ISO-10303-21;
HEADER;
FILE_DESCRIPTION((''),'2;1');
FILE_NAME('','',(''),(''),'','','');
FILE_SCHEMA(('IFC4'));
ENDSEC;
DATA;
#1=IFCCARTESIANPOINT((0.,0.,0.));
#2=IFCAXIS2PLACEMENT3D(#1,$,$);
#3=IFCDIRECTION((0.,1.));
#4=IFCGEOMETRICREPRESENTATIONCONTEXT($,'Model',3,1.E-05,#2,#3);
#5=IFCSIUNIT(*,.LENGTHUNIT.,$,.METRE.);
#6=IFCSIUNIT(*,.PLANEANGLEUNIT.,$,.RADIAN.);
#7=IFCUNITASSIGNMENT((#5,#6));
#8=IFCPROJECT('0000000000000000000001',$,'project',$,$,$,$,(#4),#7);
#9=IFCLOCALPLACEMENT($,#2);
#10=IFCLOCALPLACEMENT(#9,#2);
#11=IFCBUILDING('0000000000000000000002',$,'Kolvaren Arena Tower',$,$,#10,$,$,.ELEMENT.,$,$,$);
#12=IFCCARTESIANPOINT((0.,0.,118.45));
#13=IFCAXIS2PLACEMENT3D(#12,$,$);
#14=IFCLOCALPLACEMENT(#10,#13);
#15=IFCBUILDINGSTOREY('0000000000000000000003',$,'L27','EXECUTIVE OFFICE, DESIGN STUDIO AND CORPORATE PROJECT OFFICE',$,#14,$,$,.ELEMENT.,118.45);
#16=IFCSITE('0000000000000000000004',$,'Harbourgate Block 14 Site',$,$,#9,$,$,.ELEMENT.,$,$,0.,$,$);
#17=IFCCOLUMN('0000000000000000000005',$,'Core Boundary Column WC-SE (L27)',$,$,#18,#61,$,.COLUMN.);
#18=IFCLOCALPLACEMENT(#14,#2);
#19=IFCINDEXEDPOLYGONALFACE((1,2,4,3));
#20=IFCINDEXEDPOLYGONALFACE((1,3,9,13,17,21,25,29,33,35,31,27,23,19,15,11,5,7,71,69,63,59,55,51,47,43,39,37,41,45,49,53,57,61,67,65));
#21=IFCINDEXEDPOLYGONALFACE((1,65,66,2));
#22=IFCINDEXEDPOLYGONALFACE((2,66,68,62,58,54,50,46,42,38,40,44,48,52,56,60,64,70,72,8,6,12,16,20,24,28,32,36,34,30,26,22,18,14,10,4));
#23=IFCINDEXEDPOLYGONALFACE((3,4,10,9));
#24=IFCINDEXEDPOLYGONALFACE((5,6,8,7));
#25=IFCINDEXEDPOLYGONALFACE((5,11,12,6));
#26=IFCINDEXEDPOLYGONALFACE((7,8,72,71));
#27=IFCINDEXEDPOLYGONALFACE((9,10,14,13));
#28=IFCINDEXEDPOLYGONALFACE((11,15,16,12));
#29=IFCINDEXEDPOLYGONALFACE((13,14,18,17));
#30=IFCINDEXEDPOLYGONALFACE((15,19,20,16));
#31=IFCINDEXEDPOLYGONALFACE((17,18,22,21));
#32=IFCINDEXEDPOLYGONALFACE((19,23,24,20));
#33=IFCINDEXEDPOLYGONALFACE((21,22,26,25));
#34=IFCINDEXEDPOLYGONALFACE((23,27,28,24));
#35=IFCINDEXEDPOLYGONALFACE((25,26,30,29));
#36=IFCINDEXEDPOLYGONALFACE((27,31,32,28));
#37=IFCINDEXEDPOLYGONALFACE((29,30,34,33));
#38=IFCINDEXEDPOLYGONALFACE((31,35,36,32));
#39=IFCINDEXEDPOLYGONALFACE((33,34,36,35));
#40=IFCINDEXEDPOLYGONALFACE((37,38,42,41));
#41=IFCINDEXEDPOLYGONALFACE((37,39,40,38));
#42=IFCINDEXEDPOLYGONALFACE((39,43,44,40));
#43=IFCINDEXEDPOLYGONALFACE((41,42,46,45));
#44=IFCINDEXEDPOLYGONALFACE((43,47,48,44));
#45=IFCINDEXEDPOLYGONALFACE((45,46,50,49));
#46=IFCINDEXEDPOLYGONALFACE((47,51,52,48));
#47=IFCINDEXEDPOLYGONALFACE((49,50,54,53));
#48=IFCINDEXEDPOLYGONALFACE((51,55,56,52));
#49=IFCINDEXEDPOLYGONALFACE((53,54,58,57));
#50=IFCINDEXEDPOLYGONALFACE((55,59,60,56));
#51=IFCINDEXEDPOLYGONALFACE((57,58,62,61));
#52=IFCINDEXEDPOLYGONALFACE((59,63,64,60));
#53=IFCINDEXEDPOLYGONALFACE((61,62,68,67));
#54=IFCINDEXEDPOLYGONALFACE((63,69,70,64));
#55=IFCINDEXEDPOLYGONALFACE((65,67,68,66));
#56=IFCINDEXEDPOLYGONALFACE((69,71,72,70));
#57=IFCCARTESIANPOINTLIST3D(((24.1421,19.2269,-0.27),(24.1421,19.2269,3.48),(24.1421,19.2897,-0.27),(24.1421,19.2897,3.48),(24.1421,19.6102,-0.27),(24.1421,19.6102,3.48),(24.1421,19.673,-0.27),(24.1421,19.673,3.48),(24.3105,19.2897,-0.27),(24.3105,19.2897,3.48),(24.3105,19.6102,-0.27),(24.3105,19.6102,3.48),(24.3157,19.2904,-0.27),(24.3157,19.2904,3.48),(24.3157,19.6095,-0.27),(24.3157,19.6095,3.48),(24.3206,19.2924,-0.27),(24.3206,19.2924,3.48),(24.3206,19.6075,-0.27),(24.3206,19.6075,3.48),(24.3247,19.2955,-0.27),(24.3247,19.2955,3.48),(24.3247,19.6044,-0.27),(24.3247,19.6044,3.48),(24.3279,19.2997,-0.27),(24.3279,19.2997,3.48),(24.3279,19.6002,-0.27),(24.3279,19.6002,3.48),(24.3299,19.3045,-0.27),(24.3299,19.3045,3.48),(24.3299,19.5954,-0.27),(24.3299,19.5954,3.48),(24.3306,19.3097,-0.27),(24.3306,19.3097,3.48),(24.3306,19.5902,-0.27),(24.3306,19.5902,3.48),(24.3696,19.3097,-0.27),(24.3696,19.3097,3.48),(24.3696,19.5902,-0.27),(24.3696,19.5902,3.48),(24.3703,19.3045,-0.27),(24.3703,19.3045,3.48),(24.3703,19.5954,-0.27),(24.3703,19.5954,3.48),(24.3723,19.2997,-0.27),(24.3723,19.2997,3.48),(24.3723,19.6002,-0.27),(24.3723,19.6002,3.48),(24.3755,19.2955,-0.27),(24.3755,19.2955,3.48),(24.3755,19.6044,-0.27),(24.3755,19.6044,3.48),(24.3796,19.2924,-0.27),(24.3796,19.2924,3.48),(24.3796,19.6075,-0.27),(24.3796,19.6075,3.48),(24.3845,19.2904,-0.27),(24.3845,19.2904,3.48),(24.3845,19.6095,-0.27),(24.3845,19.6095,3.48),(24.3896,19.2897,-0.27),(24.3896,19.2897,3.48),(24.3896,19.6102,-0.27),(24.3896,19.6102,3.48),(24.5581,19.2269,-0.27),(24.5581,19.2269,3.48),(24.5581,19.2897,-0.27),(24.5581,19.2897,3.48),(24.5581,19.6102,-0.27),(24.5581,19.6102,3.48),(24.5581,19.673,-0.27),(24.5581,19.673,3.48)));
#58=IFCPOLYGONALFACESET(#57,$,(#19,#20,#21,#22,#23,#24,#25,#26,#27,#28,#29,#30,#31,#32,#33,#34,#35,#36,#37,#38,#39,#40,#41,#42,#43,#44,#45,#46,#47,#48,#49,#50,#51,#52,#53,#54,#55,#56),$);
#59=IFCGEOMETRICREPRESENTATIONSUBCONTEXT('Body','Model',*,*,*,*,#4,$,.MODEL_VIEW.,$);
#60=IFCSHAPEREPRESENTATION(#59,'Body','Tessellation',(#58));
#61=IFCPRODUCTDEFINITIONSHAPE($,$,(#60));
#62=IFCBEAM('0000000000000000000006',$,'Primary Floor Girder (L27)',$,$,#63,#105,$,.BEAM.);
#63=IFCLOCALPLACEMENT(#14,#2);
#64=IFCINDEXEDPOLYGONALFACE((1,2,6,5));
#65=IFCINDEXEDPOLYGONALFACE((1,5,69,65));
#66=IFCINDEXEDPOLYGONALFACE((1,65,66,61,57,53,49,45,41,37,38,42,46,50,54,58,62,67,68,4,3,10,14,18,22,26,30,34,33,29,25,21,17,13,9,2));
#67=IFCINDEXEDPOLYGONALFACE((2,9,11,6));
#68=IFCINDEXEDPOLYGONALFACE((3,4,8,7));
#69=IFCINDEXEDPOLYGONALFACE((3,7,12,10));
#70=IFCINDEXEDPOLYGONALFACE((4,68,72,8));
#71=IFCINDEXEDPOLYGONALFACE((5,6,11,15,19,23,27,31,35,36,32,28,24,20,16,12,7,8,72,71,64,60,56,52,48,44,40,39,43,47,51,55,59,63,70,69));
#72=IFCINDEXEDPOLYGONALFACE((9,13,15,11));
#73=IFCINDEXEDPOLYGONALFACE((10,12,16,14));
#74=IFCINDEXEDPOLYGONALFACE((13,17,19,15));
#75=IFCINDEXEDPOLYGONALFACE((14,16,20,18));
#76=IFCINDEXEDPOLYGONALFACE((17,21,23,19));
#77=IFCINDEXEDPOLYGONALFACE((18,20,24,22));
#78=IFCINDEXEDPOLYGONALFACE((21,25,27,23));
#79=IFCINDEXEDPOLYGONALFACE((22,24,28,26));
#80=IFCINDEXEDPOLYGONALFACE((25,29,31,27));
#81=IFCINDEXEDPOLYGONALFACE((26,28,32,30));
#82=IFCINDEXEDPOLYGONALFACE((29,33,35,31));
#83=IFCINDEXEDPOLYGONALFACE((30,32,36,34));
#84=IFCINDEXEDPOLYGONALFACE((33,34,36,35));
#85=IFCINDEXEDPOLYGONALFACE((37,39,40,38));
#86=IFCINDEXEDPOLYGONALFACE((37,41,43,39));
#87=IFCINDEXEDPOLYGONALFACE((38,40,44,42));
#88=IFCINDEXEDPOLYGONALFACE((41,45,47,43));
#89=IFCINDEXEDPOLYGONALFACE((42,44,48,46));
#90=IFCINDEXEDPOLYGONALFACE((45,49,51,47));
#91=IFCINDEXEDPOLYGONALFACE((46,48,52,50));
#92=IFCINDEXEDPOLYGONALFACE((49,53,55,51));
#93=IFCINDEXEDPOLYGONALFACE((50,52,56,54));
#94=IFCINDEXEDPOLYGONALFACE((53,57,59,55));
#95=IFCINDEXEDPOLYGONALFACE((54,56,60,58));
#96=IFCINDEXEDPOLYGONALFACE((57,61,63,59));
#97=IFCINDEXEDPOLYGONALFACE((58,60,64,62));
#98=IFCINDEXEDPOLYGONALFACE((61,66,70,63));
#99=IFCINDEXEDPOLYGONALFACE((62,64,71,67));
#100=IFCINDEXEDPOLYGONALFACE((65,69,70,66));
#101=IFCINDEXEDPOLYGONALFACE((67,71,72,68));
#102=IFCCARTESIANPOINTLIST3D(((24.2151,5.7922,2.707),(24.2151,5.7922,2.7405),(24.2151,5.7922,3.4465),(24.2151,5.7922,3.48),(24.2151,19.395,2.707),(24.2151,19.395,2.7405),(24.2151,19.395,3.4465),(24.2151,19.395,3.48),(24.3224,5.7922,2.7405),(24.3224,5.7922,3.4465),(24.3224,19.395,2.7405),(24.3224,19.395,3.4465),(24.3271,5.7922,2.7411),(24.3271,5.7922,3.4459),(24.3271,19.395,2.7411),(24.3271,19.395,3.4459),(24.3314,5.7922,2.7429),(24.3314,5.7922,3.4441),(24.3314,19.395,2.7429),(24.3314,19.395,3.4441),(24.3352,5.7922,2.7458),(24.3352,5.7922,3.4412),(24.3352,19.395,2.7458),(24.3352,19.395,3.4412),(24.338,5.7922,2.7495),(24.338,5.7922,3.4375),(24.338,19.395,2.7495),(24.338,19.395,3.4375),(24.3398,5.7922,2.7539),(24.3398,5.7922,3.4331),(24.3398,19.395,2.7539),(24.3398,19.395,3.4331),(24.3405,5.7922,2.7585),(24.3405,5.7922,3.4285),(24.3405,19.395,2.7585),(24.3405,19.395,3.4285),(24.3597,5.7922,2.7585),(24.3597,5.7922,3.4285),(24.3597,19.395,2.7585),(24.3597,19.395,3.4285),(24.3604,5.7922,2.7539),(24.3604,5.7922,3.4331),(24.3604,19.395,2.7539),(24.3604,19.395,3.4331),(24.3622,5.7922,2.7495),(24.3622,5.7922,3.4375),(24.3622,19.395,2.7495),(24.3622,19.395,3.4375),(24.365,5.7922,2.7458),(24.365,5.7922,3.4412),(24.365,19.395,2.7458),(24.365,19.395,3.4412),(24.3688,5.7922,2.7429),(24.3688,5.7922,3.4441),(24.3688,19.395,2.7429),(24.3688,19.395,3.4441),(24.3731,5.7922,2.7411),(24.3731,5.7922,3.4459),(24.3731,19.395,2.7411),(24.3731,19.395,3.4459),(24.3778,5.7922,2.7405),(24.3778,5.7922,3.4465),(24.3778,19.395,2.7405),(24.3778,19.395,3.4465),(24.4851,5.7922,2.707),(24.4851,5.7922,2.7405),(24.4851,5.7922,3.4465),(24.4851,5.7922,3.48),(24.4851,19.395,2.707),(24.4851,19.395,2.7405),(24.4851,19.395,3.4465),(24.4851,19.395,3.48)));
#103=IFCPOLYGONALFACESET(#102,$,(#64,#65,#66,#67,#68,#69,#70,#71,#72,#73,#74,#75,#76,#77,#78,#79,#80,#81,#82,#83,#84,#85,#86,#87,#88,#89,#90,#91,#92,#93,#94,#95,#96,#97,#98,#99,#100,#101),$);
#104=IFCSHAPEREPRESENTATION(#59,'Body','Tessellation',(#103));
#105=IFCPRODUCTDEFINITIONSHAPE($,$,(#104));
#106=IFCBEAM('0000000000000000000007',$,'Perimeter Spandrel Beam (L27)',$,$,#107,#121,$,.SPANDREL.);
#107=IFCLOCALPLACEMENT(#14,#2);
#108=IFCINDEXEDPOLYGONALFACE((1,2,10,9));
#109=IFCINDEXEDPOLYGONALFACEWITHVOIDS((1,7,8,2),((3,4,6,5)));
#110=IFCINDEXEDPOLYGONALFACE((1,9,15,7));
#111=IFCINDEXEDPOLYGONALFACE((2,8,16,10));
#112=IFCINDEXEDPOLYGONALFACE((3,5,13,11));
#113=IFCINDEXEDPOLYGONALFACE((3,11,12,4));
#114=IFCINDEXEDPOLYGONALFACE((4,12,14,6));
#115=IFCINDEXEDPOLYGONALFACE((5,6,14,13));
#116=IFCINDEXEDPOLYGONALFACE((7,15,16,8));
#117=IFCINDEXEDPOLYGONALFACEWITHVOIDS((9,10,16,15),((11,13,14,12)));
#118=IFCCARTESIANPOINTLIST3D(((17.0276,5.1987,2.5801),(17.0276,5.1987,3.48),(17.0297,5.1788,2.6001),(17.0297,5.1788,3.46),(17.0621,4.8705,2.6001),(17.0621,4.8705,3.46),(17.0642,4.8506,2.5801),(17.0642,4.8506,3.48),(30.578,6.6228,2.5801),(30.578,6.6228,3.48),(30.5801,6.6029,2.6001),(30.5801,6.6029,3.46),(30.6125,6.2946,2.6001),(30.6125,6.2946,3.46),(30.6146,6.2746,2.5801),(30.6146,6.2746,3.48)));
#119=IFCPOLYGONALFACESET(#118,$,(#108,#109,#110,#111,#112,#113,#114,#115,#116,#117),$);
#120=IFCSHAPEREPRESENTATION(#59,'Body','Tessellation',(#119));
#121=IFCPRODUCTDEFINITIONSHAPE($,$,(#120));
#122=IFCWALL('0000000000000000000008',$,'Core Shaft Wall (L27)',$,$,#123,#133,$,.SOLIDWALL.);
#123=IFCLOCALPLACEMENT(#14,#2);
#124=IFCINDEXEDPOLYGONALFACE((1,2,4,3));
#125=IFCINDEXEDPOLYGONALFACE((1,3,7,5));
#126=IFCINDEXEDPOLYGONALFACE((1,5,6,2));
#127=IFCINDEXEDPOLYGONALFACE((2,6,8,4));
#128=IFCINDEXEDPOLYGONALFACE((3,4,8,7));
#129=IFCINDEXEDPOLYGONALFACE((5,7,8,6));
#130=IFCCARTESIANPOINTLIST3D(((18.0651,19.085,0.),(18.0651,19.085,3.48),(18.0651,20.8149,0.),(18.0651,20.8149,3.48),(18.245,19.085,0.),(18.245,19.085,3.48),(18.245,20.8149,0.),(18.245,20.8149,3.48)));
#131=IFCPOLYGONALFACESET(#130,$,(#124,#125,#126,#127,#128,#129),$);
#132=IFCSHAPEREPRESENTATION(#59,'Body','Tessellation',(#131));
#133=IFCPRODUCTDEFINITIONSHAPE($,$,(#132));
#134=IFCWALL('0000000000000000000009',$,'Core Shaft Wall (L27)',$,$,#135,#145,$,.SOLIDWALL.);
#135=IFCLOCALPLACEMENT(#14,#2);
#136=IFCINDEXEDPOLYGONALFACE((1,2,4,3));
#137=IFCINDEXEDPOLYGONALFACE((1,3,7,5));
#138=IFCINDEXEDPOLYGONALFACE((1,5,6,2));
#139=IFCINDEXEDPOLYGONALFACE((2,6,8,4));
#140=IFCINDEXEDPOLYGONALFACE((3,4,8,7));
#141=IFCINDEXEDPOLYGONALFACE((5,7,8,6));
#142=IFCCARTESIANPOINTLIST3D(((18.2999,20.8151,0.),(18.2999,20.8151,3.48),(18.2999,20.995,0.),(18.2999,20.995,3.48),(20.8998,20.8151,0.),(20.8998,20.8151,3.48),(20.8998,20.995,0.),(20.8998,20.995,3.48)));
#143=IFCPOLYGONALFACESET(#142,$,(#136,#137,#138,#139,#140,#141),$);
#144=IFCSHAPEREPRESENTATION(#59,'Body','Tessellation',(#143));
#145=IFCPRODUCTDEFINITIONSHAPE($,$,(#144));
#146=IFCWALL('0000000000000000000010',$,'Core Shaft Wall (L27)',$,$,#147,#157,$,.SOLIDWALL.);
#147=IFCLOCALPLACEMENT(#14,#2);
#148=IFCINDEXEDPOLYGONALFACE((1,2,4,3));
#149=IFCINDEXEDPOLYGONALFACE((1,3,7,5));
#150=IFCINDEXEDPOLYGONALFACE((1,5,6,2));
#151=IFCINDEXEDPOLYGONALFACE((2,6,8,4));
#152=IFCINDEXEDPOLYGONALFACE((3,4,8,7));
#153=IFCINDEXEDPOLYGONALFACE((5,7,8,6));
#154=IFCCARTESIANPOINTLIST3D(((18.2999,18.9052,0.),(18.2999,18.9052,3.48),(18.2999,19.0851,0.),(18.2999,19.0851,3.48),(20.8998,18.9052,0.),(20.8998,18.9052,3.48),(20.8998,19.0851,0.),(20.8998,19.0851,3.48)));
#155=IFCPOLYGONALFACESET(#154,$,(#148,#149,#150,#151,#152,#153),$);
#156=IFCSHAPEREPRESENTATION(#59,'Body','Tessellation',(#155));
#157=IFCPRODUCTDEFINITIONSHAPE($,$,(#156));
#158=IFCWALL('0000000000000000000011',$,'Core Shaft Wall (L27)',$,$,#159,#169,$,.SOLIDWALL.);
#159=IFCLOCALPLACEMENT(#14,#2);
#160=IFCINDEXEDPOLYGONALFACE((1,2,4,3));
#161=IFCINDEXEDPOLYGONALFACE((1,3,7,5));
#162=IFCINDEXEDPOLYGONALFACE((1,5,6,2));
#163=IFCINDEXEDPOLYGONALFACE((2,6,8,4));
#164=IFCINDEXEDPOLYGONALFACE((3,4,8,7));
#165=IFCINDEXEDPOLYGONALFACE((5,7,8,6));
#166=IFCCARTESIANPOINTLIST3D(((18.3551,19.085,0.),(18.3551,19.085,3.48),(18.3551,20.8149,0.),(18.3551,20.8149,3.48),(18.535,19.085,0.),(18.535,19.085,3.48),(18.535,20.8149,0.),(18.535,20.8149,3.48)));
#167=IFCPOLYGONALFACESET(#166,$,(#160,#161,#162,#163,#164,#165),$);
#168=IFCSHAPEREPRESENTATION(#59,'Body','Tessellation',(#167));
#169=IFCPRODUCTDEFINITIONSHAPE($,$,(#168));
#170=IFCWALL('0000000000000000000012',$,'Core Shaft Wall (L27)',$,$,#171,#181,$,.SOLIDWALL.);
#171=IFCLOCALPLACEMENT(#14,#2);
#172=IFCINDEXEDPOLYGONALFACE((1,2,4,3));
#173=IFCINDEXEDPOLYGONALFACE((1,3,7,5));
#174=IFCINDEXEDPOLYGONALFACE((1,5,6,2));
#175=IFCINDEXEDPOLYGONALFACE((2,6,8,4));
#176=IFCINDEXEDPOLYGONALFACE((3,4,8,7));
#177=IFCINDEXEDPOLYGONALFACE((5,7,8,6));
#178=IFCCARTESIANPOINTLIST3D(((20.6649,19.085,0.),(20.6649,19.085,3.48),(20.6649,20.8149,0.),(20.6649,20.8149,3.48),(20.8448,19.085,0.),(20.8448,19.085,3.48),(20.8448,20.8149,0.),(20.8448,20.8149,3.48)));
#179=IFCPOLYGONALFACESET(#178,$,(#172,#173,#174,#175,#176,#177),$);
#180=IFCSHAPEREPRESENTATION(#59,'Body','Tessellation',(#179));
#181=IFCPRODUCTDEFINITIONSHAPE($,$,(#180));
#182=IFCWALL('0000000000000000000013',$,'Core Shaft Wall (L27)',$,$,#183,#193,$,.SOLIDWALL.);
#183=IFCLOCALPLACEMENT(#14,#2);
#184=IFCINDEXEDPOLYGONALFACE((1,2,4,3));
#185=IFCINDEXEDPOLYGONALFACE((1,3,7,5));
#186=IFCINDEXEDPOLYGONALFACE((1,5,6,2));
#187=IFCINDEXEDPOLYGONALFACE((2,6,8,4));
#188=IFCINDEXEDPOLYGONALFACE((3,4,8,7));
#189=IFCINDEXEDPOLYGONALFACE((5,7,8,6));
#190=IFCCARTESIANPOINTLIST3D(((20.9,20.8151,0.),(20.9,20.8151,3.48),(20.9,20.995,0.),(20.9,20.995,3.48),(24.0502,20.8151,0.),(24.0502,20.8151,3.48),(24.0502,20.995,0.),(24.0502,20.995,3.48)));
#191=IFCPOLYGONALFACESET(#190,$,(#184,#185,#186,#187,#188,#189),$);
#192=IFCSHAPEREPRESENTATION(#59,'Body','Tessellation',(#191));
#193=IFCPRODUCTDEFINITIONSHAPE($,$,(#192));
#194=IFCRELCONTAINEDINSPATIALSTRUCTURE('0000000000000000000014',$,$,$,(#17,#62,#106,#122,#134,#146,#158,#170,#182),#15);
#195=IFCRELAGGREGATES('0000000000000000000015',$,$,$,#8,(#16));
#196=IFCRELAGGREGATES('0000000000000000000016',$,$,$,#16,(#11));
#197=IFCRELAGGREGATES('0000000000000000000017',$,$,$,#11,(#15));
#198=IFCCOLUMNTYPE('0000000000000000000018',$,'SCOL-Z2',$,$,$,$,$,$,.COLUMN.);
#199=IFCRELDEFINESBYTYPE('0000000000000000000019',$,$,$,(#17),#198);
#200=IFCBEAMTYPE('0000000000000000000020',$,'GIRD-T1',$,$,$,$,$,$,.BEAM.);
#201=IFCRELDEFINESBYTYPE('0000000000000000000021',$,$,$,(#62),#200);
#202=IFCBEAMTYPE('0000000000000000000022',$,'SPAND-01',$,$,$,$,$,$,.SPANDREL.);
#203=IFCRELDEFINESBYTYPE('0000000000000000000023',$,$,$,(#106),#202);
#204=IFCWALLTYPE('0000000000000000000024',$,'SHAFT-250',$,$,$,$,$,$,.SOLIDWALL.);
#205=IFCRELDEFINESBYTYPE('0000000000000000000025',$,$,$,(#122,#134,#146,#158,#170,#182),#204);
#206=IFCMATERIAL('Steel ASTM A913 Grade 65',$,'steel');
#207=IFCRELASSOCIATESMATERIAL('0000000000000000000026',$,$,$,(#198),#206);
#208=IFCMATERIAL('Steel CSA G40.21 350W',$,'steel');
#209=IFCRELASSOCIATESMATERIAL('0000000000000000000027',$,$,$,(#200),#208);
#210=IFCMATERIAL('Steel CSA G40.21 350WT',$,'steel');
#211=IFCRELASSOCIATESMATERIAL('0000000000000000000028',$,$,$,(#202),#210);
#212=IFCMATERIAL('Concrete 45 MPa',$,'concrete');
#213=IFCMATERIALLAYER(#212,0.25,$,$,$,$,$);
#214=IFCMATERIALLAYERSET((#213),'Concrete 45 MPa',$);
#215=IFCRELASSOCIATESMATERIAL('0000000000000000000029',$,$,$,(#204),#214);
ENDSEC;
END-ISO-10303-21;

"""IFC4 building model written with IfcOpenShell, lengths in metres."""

from ifc_helpers import new_model, si_unit, direction, frame, frame_2d, origin, origin_2d, place, context, subcontext, project, spatial, rectangle, hollow_rectangle, i_section, extrude, material, layer, layer_set, material_profile, profile_set, type_object, element, save


model = new_model("IFC4")

# Units and contexts
model_context = context("Model", 3, precision=1e-05, world=origin(), true_north=direction((0.0, 1.0)))
body_context = subcontext(model_context, "Body", "Model", "MODEL_VIEW")
ifc_project = project(units=[si_unit("LENGTHUNIT", "METRE"), si_unit("PLANEANGLEUNIT", "RADIAN")], contexts=[model_context])

# Site, building, storey
site_placement = place(None, origin())
site = spatial("IfcSite", under=ifc_project, at=site_placement, Name="Harbourgate Block 14 Site", CompositionType="ELEMENT", RefElevation=0.0)
building_placement = place(site_placement, origin())
building = spatial("IfcBuilding", under=site, at=building_placement, Name="Kolvaren Arena Tower", CompositionType="ELEMENT")
storey_placement = place(building_placement, frame((0.0, 0.0, 118.45)))
storey = spatial("IfcBuildingStorey", under=building, at=storey_placement, Name="L27", Description="EXECUTIVE OFFICE, DESIGN STUDIO AND CORPORATE PROJECT OFFICE", CompositionType="ELEMENT", Elevation=118.45)

# Column
ifc_material_1 = material(Name="Steel ASTM A913 Grade 65", Category="steel")
ifc_material_profile_1 = material_profile(ifc_material_1, i_section(OverallWidth=0.416, OverallDepth=0.446, WebThickness=0.0391, FlangeThickness=0.0627, FilletRadius=0.02, at=origin_2d()), Name="W360x509")
ifc_profile_set_1 = profile_set([ifc_material_profile_1], Name="Steel ASTM A913 Grade 65")
column_type = type_object("IfcColumnType", Name="SCOL-Z2", PredefinedType="COLUMN", material=ifc_profile_set_1)
column_placement = place(storey_placement, frame((24.3501, 19.45, -0.27), z_axis=(0.0, 0.0, 1.0), x_axis=(1.0, 0.0, 0.0)))
element("IfcColumn", 1, at=column_placement, inside=storey, type_object=column_type, Name="Core Boundary Column WC-SE (L27)", PredefinedType="COLUMN", context=body_context, shape_type="SweptSolid", body=[
    extrude(i_section(OverallWidth=0.416, OverallDepth=0.446, WebThickness=0.0391, FlangeThickness=0.0627, FilletRadius=0.02, at=origin_2d()), origin(), (0.0, 0.0, 1.0), 3.75),
])

# Beams
ifc_material_2 = material(Name="Steel CSA G40.21 350W", Category="steel")
ifc_material_profile_2 = material_profile(ifc_material_2, i_section(OverallWidth=0.27, OverallDepth=0.7729, WebThickness=0.0193, FlangeThickness=0.0334, FilletRadius=0.0181, at=origin_2d()), Name="W760x257")
ifc_profile_set_2 = profile_set([ifc_material_profile_2], Name="Steel CSA G40.21 350W")
beam_type_1 = type_object("IfcBeamType", Name="GIRD-T1", PredefinedType="BEAM", material=ifc_profile_set_2)
beam_1_placement = place(storey_placement, frame((24.3501, 5.7922, 3.0935), z_axis=(0.0, 1.0, 0.0), x_axis=(-1.0, 0.0, 0.0)))
element("IfcBeam", 2, at=beam_1_placement, inside=storey, type_object=beam_type_1, Name="Primary Floor Girder (L27)", PredefinedType="BEAM", context=body_context, shape_type="SweptSolid", body=[
    extrude(i_section(OverallWidth=0.27, OverallDepth=0.7729, WebThickness=0.0193, FlangeThickness=0.0334, FilletRadius=0.0181, at=origin_2d()), origin(), (0.0, 0.0, 1.0), 13.6028),
])
ifc_material_3 = material(Name="Steel CSA G40.21 350WT", Category="steel")
ifc_material_profile_3 = material_profile(ifc_material_3, hollow_rectangle(XDim=0.3501, YDim=0.8999, WallThickness=0.02, at=origin_2d()), Name="HSS 900x350x20")
ifc_profile_set_3 = profile_set([ifc_material_profile_3], Name="Steel CSA G40.21 350WT")
beam_type_2 = type_object("IfcBeamType", Name="SPAND-01", PredefinedType="SPANDREL", material=ifc_profile_set_3)
beam_2_placement = place(storey_placement, frame((17.0459, 5.0247, 3.03), z_axis=(0.994523, 0.10452, 0.0), x_axis=(-0.10452, 0.994523, 0.0)))
element("IfcBeam", 3, at=beam_2_placement, inside=storey, type_object=beam_type_2, Name="Perimeter Spandrel Beam (L27)", PredefinedType="SPANDREL", context=body_context, shape_type="SweptSolid", body=[
    extrude(hollow_rectangle(XDim=0.3501, YDim=0.8999, WallThickness=0.02, at=origin_2d()), origin(), (0.0, 0.0, 1.0), 13.625),
])

# Walls
ifc_material_4 = material(Name="Concrete 45 MPa", Category="concrete")
ifc_layer_1 = layer(ifc_material_4, 0.25)
ifc_layer_set_1 = layer_set([ifc_layer_1], Name="Concrete 45 MPa")
wall_type_1 = type_object("IfcWallType", Name="SHAFT-250", PredefinedType="SOLIDWALL", material=ifc_layer_set_1)
wall_1_placement = place(storey_placement, frame((18.155, 19.085, 0.0), z_axis=(0.0, 0.0, 1.0), x_axis=(0.0, 1.0, 0.0)))
element("IfcWall", 4, at=wall_1_placement, inside=storey, type_object=wall_type_1, Name="Core Shaft Wall (L27)", PredefinedType="SOLIDWALL", context=body_context, shape_type="SweptSolid", body=[
    extrude(rectangle(XDim=1.73, YDim=0.1799, at=frame_2d((0.865, 0.0))), origin(), (0.0, 0.0, 1.0), 3.48),
])
for number, where, z_axis, x_axis, name in (
    (5, (18.3, 20.905, 0.0), (0.0, 0.0, 1.0), (1.0, 0.0, 0.0), "Core Shaft Wall (L27)"),
    (6, (18.3, 18.9951, 0.0), (0.0, 0.0, 1.0), (1.0, 0.0, 0.0), "Core Shaft Wall (L27)"),
):
    element("IfcWall", number, at=place(storey_placement, frame(where, z_axis=z_axis, x_axis=x_axis)), inside=storey, type_object=wall_type_1, Name=name, PredefinedType="SOLIDWALL", context=body_context, shape_type="SweptSolid", body=[
        extrude(rectangle(XDim=2.5999, YDim=0.1799, at=frame_2d((1.2998, 0.0))), origin(), (0.0, 0.0, 1.0), 3.48),
    ])
for number, where, z_axis, x_axis, name in (
    (7, (18.4451, 19.085, 0.0), (0.0, 0.0, 1.0), (0.0, 1.0, 0.0), "Core Shaft Wall (L27)"),
    (8, (20.7549, 19.085, 0.0), (0.0, 0.0, 1.0), (0.0, 1.0, 0.0), "Core Shaft Wall (L27)"),
):
    element("IfcWall", number, at=place(storey_placement, frame(where, z_axis=z_axis, x_axis=x_axis)), inside=storey, type_object=wall_type_1, Name=name, PredefinedType="SOLIDWALL", context=body_context, shape_type="SweptSolid", body=[
        extrude(rectangle(XDim=1.73, YDim=0.1799, at=frame_2d((0.865, 0.0))), origin(), (0.0, 0.0, 1.0), 3.48),
    ])
for number, where, z_axis, x_axis, name in (
    (9, (20.8999, 20.905, 0.0), (0.0, 0.0, 1.0), (1.0, 0.0, 0.0), "Core Shaft Wall (L27)"),
):
    element("IfcWall", number, at=place(storey_placement, frame(where, z_axis=z_axis, x_axis=x_axis)), inside=storey, type_object=wall_type_1, Name=name, PredefinedType="SOLIDWALL", context=body_context, shape_type="SweptSolid", body=[
        extrude(rectangle(XDim=3.1501, YDim=0.1799, at=frame_2d((1.5752, 0.0))), origin(), (0.0, 0.0, 1.0), 3.48),
    ])

save(model, "model.ifc")
